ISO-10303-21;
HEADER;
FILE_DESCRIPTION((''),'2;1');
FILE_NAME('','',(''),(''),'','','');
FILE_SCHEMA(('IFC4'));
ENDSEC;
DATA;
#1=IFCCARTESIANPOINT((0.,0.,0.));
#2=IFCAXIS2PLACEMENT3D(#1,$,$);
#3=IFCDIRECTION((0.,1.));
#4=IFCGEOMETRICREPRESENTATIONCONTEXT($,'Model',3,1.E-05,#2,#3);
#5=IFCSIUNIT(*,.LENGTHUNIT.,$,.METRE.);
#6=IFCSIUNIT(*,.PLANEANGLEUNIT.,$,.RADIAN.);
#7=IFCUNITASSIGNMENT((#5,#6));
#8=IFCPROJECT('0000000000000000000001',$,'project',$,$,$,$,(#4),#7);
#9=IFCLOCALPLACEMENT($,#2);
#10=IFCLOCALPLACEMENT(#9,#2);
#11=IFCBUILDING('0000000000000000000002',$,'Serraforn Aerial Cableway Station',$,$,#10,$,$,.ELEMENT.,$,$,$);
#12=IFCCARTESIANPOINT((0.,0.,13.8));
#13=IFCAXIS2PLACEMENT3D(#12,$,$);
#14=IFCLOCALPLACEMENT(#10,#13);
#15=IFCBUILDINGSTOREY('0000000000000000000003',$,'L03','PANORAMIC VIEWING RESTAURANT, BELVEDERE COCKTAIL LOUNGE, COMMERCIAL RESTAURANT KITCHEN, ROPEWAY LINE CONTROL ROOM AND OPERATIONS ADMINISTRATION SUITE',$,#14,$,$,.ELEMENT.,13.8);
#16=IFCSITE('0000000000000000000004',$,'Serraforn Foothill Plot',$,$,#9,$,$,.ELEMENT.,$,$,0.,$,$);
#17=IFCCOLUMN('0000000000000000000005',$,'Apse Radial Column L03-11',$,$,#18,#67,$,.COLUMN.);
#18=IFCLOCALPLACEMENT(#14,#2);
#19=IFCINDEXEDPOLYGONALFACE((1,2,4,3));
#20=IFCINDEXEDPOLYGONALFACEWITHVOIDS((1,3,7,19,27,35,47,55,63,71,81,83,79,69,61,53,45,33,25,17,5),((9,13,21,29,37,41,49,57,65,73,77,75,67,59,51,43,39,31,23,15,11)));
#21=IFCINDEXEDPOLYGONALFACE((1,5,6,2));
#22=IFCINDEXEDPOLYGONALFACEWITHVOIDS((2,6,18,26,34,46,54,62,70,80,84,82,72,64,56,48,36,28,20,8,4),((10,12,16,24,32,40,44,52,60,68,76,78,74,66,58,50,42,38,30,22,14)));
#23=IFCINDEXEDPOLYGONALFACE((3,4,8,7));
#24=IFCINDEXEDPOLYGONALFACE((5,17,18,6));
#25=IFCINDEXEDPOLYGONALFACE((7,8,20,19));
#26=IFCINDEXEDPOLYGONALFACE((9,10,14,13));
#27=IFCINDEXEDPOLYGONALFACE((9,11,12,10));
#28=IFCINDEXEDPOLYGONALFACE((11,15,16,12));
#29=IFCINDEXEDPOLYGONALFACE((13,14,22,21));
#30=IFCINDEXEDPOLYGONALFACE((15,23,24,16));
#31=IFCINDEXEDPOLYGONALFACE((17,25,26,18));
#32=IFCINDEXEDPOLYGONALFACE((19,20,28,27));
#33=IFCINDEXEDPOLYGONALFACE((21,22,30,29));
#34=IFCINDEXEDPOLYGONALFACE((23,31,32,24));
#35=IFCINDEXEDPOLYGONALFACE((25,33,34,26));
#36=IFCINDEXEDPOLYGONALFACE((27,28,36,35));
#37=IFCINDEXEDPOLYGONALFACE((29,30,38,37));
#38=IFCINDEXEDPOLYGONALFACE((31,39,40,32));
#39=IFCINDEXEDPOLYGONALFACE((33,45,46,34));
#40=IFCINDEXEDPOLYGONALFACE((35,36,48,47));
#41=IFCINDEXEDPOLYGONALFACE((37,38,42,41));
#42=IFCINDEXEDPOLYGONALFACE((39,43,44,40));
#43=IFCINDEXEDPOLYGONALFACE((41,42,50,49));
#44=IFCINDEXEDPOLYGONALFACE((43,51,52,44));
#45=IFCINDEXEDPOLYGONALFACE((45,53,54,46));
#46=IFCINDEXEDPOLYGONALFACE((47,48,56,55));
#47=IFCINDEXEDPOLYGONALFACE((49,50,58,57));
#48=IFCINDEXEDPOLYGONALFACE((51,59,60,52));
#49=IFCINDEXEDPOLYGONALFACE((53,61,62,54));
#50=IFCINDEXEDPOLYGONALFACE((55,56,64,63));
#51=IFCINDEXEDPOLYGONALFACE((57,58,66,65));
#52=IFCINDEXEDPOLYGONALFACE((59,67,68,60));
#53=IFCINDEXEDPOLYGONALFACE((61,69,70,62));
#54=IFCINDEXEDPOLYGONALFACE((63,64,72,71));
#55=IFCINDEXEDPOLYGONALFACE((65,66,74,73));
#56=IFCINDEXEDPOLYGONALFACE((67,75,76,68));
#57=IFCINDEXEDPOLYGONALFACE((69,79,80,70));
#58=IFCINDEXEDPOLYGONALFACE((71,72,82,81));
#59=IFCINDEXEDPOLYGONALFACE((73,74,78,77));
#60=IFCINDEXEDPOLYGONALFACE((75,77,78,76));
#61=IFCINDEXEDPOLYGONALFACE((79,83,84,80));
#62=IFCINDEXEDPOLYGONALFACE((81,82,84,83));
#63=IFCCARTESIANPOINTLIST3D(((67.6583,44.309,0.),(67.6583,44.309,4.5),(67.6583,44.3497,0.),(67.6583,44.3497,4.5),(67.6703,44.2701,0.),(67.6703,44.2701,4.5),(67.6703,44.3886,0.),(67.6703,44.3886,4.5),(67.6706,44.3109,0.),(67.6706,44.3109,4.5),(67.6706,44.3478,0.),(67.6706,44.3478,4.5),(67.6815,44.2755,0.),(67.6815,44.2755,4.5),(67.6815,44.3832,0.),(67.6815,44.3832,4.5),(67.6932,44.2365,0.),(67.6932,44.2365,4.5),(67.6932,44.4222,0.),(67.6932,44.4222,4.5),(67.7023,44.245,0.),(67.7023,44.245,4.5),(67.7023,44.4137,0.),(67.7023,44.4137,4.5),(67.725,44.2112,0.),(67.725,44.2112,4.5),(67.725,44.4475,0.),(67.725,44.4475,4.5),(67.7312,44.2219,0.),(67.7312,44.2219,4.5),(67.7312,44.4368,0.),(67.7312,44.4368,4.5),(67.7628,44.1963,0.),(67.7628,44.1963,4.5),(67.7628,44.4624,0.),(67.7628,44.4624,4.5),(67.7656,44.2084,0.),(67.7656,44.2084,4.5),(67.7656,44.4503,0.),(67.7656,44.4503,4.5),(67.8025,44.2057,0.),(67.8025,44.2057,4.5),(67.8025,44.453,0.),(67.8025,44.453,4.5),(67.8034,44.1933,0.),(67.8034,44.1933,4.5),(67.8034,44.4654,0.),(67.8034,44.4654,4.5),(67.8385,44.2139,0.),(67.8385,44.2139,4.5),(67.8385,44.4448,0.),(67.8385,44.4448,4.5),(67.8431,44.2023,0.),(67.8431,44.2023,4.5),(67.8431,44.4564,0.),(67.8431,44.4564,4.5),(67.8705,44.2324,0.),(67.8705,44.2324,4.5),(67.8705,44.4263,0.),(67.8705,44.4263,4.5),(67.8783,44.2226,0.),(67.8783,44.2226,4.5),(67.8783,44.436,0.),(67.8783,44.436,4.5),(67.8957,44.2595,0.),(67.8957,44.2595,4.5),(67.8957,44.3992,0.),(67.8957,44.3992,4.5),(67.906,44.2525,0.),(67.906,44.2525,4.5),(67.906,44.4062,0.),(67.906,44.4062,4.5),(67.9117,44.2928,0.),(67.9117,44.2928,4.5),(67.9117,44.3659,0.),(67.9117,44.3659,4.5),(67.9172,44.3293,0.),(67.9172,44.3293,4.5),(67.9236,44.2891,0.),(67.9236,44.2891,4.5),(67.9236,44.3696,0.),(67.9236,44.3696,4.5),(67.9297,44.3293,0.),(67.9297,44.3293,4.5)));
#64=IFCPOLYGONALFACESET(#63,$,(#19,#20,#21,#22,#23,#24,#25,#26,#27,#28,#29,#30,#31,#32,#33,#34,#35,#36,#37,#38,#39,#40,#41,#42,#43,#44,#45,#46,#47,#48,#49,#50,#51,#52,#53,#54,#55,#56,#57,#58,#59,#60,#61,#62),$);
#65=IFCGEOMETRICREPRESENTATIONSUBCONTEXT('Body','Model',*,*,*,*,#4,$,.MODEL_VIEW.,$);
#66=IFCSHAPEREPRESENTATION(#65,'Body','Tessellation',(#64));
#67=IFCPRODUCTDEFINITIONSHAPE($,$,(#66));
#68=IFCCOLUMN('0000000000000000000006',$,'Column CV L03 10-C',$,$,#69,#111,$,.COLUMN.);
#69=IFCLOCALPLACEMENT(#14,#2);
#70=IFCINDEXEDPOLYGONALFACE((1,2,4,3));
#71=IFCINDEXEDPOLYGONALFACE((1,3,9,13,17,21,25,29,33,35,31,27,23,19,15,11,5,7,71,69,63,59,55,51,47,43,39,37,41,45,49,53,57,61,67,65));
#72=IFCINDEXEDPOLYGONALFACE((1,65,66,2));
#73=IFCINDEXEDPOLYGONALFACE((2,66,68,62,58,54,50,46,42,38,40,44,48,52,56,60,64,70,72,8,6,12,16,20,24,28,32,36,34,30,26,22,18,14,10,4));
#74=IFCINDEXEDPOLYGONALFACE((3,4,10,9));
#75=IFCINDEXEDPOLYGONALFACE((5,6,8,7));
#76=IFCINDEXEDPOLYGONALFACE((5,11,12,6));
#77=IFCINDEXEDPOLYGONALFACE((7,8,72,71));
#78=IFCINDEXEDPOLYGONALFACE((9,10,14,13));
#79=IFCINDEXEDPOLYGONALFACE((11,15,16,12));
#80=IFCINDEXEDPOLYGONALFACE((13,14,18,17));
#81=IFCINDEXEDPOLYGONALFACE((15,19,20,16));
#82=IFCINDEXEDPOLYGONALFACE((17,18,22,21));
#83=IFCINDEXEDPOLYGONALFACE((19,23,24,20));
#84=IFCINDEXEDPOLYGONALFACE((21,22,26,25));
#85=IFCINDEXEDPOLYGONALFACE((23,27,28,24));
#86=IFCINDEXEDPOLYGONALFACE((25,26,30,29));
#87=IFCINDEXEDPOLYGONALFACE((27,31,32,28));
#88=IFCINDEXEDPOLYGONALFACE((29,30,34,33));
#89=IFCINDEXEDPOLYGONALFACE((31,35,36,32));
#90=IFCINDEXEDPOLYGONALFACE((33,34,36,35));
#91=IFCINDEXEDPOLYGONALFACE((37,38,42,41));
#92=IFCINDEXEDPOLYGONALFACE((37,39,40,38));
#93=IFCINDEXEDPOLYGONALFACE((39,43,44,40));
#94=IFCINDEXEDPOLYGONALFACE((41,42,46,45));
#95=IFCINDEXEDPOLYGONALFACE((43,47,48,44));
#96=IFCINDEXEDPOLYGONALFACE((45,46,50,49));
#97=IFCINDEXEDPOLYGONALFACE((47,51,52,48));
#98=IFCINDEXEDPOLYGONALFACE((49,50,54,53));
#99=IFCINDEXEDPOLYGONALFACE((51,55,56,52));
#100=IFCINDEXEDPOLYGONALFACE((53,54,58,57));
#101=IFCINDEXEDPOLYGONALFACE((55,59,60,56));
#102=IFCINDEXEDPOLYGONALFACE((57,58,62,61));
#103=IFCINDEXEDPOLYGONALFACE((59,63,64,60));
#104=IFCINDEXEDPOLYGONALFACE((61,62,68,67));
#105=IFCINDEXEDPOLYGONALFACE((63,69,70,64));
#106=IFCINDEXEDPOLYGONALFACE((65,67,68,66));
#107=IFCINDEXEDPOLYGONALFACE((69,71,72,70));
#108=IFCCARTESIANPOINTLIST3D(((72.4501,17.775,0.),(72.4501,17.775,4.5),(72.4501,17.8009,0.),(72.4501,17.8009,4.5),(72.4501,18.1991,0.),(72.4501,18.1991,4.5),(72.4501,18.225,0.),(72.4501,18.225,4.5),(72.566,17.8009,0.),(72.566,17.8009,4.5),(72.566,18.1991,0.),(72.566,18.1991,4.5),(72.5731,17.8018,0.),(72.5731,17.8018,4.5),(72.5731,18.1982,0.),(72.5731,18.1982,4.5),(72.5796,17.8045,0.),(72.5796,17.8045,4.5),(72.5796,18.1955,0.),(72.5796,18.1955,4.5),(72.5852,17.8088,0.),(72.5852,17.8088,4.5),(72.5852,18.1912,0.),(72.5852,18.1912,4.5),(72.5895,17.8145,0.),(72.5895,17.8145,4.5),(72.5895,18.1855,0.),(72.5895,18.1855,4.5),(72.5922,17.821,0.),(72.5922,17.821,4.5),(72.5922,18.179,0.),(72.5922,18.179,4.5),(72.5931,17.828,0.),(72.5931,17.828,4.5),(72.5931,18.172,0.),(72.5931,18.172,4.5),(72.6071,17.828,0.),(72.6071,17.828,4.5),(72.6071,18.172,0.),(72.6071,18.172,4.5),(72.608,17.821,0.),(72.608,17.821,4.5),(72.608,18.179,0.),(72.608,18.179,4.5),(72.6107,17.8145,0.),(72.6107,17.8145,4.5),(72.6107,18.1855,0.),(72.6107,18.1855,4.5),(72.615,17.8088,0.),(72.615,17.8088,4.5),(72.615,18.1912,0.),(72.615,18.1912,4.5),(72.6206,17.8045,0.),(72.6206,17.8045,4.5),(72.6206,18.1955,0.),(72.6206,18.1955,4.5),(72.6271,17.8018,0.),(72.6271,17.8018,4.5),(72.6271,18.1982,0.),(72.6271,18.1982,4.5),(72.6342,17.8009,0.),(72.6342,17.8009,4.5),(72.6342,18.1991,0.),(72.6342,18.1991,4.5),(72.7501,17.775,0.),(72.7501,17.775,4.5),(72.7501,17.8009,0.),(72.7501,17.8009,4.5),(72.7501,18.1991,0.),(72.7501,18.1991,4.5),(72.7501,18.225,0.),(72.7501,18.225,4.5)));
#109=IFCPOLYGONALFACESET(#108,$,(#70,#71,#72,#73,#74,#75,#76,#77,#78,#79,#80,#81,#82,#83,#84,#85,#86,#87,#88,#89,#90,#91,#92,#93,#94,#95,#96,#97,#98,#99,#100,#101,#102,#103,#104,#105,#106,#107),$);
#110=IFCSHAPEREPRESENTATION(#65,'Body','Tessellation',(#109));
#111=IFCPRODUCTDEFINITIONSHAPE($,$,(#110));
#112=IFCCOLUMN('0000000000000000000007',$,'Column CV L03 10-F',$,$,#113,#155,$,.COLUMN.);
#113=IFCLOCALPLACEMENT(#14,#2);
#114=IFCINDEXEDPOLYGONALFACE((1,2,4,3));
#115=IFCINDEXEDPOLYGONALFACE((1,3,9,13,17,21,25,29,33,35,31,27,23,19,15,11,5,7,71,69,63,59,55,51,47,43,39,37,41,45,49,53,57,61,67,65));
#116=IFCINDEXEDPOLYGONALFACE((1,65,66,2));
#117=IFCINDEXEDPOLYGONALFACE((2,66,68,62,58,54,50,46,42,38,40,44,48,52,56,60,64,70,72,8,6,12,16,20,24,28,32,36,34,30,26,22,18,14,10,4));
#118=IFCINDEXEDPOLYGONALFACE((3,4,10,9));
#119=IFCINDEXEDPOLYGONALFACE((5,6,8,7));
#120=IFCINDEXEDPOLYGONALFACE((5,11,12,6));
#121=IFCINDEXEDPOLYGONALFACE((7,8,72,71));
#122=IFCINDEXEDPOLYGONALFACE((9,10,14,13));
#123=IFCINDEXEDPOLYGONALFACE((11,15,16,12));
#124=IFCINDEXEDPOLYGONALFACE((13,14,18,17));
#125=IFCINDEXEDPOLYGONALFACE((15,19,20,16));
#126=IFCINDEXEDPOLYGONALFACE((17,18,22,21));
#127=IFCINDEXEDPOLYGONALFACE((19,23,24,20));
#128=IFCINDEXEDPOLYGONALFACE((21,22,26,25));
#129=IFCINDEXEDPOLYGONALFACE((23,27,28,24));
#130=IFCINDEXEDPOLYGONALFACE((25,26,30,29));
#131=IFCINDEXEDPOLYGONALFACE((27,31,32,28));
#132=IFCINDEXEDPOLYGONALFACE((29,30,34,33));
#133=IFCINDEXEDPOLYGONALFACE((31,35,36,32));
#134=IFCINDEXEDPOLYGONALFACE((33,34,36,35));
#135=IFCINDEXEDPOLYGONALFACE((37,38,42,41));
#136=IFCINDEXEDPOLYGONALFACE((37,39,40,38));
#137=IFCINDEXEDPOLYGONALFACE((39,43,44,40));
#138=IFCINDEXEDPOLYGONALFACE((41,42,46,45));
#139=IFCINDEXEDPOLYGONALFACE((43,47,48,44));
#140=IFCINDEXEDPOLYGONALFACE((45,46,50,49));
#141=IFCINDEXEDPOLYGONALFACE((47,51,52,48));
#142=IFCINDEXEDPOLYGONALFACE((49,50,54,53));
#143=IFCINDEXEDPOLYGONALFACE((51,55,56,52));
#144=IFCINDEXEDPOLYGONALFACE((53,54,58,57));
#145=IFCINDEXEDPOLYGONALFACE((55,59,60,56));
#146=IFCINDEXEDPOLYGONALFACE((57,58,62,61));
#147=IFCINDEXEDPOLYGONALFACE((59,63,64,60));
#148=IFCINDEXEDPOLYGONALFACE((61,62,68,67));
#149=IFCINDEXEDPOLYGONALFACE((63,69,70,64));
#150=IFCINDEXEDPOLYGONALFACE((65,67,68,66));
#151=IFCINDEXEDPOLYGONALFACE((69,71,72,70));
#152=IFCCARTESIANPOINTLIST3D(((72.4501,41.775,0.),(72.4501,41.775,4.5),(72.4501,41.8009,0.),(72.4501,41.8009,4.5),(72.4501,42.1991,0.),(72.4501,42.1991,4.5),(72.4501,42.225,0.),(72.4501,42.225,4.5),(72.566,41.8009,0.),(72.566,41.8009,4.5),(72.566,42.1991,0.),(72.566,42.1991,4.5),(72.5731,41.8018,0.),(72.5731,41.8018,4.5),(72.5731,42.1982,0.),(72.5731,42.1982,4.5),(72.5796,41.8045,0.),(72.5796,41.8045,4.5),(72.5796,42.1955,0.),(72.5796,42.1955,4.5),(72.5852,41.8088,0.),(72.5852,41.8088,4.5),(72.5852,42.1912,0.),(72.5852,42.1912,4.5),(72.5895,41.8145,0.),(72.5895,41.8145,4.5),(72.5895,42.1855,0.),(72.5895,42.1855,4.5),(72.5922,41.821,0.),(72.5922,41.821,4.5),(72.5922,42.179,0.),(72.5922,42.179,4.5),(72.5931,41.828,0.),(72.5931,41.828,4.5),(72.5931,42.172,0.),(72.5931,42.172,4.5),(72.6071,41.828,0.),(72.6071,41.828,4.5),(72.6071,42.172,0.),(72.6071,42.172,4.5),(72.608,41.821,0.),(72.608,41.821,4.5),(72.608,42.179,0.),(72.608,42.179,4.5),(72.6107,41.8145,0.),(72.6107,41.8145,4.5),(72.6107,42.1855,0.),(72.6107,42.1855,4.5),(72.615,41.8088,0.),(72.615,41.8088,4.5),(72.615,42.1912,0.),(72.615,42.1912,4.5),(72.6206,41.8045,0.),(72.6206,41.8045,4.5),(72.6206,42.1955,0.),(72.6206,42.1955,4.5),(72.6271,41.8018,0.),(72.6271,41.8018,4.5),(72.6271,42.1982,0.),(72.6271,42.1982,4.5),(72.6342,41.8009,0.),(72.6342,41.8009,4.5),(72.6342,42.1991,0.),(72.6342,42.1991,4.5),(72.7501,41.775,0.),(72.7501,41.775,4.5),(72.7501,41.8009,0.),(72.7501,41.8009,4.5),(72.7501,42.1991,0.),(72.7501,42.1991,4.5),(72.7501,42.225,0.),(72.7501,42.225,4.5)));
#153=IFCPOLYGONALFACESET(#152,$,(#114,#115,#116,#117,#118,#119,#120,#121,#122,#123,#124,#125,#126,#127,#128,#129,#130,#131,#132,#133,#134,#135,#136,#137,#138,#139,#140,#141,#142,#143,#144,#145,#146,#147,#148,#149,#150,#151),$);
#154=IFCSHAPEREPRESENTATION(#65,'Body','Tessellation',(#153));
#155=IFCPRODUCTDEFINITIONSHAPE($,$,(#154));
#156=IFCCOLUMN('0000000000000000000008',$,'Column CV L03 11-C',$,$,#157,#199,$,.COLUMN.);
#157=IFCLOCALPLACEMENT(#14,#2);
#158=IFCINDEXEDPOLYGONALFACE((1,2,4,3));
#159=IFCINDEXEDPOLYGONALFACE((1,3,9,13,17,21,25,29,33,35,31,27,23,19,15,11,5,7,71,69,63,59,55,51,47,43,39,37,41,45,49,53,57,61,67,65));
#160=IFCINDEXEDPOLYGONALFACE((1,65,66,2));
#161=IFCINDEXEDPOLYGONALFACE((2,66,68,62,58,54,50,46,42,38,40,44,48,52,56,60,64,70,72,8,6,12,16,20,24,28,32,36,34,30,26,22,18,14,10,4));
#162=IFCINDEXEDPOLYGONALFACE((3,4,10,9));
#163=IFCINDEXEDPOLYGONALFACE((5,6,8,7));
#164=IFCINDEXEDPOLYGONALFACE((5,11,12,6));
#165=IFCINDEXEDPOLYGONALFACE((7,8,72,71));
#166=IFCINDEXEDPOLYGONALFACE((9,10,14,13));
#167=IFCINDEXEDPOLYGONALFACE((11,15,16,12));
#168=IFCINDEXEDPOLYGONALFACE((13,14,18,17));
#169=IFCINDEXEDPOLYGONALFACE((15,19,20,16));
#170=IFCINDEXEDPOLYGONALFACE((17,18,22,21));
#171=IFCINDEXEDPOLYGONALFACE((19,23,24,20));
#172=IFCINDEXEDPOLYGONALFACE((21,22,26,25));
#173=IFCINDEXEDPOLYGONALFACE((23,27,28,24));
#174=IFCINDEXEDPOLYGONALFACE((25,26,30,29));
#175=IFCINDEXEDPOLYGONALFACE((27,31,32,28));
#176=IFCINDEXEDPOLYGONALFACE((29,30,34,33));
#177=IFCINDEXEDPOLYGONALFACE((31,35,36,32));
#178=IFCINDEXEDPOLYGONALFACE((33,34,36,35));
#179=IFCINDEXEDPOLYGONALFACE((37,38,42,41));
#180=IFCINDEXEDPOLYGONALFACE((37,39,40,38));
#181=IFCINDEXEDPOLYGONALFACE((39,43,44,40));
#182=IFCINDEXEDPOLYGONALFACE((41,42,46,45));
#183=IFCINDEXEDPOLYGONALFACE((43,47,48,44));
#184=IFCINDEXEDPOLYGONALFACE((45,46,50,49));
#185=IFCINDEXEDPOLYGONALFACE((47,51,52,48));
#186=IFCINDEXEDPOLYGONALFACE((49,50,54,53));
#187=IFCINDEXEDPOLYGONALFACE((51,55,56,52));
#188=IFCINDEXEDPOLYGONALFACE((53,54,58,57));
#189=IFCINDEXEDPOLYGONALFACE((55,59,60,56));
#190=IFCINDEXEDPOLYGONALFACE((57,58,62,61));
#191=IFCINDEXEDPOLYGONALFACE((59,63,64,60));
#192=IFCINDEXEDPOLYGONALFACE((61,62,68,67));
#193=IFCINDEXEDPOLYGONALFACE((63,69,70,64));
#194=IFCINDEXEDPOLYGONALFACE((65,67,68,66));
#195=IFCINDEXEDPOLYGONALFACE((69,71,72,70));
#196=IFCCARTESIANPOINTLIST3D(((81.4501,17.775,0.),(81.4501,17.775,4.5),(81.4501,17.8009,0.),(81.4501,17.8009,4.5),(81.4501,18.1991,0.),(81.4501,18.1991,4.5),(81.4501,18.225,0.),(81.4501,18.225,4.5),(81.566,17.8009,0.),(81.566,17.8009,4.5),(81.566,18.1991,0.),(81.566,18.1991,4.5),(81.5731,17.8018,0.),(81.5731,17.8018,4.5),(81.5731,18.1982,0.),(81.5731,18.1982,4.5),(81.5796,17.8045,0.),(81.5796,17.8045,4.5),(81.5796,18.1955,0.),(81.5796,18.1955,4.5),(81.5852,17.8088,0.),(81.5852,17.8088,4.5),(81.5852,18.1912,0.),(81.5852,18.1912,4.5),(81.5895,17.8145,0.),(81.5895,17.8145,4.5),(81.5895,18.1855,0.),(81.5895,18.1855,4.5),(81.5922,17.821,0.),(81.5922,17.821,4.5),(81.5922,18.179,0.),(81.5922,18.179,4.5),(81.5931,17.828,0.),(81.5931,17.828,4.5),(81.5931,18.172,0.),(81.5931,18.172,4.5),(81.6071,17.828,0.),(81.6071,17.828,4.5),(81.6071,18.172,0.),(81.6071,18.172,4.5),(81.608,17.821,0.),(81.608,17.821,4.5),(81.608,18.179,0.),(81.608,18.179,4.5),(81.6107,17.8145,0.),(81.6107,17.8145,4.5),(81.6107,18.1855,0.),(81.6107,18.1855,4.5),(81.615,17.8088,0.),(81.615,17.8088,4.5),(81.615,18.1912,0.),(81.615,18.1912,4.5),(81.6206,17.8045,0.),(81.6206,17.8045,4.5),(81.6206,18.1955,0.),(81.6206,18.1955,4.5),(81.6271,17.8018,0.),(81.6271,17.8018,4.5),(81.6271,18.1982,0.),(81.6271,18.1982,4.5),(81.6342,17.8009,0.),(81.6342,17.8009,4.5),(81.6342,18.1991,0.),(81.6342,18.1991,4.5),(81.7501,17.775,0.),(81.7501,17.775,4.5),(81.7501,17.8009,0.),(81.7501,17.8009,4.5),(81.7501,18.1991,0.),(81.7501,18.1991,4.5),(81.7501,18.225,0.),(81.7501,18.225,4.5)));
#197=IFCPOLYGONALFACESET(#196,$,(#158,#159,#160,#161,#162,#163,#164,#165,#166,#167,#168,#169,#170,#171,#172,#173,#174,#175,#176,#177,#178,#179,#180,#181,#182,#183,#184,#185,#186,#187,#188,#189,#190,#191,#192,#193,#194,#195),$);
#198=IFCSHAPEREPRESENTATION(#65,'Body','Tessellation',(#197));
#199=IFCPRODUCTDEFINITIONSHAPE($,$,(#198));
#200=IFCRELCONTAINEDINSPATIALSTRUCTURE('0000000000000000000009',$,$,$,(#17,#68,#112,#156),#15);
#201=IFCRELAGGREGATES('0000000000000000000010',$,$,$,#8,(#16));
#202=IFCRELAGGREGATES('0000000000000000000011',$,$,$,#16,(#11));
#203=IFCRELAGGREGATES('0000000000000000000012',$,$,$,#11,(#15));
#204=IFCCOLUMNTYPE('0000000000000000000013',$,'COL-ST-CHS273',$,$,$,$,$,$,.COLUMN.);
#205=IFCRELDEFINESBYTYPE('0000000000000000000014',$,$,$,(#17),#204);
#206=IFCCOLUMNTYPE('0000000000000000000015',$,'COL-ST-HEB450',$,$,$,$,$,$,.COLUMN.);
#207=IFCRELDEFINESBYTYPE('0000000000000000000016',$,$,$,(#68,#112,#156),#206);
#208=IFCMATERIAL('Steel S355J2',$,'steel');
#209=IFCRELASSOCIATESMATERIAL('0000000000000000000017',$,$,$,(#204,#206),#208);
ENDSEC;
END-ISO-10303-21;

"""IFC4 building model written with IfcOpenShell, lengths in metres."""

from ifc_helpers import new_model, si_unit, direction, frame, origin, origin_2d, place, context, subcontext, project, spatial, hollow_circle, i_section, extrude, material, material_profile, profile_set, type_object, element, save


model = new_model("IFC4")

# Units and contexts
model_context = context("Model", 3, precision=1e-05, world=origin(), true_north=direction((0.0, 1.0)))
body_context = subcontext(model_context, "Body", "Model", "MODEL_VIEW")
ifc_project = project(units=[si_unit("LENGTHUNIT", "METRE"), si_unit("PLANEANGLEUNIT", "RADIAN")], contexts=[model_context])

# Site, building, storey
site_placement = place(None, origin())
site = spatial("IfcSite", under=ifc_project, at=site_placement, Name="Serraforn Foothill Plot", CompositionType="ELEMENT", RefElevation=0.0)
building_placement = place(site_placement, origin())
building = spatial("IfcBuilding", under=site, at=building_placement, Name="Serraforn Aerial Cableway Station", CompositionType="ELEMENT")
storey_placement = place(building_placement, frame((0.0, 0.0, 13.8)))
storey = spatial("IfcBuildingStorey", under=building, at=storey_placement, Name="L03", Description="PANORAMIC VIEWING RESTAURANT, BELVEDERE COCKTAIL LOUNGE, COMMERCIAL RESTAURANT KITCHEN, ROPEWAY LINE CONTROL ROOM AND OPERATIONS ADMINISTRATION SUITE", CompositionType="ELEMENT", Elevation=13.8)

# Columns
ifc_material_1 = material(Name="Steel S355J2", Category="steel")
ifc_material_profile_1 = material_profile(ifc_material_1, hollow_circle(Radius=0.1365, WallThickness=0.0125, at=origin_2d()), Name="CHS 273.0x12.5")
ifc_profile_set_1 = profile_set([ifc_material_profile_1], Name="Steel S355J2")
column_type_1 = type_object("IfcColumnType", Name="COL-ST-CHS273", PredefinedType="COLUMN", material=ifc_profile_set_1)
column_placement = place(storey_placement, frame((67.7932, 44.3293, 0.0), z_axis=(0.0, 0.0, 1.0), x_axis=(1.0, 0.0, 0.0)))
element("IfcColumn", 1, at=column_placement, inside=storey, type_object=column_type_1, Name="Apse Radial Column L03-11", PredefinedType="COLUMN", context=body_context, shape_type="SweptSolid", body=[
    extrude(hollow_circle(Radius=0.1365, WallThickness=0.0125, at=origin_2d()), origin(), (0.0, 0.0, 1.0), 4.5),
])
ifc_material_profile_2 = material_profile(ifc_material_1, i_section(OverallWidth=0.3, OverallDepth=0.45, WebThickness=0.0139, FlangeThickness=0.0259, FilletRadius=0.0271, at=origin_2d()), Name="HEB 450")
ifc_profile_set_2 = profile_set([ifc_material_profile_2], Name="Steel S355J2")
column_type_2 = type_object("IfcColumnType", Name="COL-ST-HEB450", PredefinedType="COLUMN", material=ifc_profile_set_2)
for number, where, z_axis, x_axis, name in (
    (2, (72.6001, 18.0, 0.0), (0.0, 0.0, 1.0), (1.0, 0.0, 0.0), "Column CV L03 10-C"),
    (3, (72.6001, 42.0, 0.0), (0.0, 0.0, 1.0), (1.0, 0.0, 0.0), "Column CV L03 10-F"),
    (4, (81.6001, 18.0, 0.0), (0.0, 0.0, 1.0), (1.0, 0.0, 0.0), "Column CV L03 11-C"),
):
    element("IfcColumn", number, at=place(storey_placement, frame(where, z_axis=z_axis, x_axis=x_axis)), inside=storey, type_object=column_type_2, Name=name, PredefinedType="COLUMN", context=body_context, shape_type="SweptSolid", body=[
        extrude(i_section(OverallWidth=0.3, OverallDepth=0.45, WebThickness=0.0139, FlangeThickness=0.0259, FilletRadius=0.0271, at=origin_2d()), origin(), (0.0, 0.0, 1.0), 4.5),
    ])

save(model, "model.ifc")
